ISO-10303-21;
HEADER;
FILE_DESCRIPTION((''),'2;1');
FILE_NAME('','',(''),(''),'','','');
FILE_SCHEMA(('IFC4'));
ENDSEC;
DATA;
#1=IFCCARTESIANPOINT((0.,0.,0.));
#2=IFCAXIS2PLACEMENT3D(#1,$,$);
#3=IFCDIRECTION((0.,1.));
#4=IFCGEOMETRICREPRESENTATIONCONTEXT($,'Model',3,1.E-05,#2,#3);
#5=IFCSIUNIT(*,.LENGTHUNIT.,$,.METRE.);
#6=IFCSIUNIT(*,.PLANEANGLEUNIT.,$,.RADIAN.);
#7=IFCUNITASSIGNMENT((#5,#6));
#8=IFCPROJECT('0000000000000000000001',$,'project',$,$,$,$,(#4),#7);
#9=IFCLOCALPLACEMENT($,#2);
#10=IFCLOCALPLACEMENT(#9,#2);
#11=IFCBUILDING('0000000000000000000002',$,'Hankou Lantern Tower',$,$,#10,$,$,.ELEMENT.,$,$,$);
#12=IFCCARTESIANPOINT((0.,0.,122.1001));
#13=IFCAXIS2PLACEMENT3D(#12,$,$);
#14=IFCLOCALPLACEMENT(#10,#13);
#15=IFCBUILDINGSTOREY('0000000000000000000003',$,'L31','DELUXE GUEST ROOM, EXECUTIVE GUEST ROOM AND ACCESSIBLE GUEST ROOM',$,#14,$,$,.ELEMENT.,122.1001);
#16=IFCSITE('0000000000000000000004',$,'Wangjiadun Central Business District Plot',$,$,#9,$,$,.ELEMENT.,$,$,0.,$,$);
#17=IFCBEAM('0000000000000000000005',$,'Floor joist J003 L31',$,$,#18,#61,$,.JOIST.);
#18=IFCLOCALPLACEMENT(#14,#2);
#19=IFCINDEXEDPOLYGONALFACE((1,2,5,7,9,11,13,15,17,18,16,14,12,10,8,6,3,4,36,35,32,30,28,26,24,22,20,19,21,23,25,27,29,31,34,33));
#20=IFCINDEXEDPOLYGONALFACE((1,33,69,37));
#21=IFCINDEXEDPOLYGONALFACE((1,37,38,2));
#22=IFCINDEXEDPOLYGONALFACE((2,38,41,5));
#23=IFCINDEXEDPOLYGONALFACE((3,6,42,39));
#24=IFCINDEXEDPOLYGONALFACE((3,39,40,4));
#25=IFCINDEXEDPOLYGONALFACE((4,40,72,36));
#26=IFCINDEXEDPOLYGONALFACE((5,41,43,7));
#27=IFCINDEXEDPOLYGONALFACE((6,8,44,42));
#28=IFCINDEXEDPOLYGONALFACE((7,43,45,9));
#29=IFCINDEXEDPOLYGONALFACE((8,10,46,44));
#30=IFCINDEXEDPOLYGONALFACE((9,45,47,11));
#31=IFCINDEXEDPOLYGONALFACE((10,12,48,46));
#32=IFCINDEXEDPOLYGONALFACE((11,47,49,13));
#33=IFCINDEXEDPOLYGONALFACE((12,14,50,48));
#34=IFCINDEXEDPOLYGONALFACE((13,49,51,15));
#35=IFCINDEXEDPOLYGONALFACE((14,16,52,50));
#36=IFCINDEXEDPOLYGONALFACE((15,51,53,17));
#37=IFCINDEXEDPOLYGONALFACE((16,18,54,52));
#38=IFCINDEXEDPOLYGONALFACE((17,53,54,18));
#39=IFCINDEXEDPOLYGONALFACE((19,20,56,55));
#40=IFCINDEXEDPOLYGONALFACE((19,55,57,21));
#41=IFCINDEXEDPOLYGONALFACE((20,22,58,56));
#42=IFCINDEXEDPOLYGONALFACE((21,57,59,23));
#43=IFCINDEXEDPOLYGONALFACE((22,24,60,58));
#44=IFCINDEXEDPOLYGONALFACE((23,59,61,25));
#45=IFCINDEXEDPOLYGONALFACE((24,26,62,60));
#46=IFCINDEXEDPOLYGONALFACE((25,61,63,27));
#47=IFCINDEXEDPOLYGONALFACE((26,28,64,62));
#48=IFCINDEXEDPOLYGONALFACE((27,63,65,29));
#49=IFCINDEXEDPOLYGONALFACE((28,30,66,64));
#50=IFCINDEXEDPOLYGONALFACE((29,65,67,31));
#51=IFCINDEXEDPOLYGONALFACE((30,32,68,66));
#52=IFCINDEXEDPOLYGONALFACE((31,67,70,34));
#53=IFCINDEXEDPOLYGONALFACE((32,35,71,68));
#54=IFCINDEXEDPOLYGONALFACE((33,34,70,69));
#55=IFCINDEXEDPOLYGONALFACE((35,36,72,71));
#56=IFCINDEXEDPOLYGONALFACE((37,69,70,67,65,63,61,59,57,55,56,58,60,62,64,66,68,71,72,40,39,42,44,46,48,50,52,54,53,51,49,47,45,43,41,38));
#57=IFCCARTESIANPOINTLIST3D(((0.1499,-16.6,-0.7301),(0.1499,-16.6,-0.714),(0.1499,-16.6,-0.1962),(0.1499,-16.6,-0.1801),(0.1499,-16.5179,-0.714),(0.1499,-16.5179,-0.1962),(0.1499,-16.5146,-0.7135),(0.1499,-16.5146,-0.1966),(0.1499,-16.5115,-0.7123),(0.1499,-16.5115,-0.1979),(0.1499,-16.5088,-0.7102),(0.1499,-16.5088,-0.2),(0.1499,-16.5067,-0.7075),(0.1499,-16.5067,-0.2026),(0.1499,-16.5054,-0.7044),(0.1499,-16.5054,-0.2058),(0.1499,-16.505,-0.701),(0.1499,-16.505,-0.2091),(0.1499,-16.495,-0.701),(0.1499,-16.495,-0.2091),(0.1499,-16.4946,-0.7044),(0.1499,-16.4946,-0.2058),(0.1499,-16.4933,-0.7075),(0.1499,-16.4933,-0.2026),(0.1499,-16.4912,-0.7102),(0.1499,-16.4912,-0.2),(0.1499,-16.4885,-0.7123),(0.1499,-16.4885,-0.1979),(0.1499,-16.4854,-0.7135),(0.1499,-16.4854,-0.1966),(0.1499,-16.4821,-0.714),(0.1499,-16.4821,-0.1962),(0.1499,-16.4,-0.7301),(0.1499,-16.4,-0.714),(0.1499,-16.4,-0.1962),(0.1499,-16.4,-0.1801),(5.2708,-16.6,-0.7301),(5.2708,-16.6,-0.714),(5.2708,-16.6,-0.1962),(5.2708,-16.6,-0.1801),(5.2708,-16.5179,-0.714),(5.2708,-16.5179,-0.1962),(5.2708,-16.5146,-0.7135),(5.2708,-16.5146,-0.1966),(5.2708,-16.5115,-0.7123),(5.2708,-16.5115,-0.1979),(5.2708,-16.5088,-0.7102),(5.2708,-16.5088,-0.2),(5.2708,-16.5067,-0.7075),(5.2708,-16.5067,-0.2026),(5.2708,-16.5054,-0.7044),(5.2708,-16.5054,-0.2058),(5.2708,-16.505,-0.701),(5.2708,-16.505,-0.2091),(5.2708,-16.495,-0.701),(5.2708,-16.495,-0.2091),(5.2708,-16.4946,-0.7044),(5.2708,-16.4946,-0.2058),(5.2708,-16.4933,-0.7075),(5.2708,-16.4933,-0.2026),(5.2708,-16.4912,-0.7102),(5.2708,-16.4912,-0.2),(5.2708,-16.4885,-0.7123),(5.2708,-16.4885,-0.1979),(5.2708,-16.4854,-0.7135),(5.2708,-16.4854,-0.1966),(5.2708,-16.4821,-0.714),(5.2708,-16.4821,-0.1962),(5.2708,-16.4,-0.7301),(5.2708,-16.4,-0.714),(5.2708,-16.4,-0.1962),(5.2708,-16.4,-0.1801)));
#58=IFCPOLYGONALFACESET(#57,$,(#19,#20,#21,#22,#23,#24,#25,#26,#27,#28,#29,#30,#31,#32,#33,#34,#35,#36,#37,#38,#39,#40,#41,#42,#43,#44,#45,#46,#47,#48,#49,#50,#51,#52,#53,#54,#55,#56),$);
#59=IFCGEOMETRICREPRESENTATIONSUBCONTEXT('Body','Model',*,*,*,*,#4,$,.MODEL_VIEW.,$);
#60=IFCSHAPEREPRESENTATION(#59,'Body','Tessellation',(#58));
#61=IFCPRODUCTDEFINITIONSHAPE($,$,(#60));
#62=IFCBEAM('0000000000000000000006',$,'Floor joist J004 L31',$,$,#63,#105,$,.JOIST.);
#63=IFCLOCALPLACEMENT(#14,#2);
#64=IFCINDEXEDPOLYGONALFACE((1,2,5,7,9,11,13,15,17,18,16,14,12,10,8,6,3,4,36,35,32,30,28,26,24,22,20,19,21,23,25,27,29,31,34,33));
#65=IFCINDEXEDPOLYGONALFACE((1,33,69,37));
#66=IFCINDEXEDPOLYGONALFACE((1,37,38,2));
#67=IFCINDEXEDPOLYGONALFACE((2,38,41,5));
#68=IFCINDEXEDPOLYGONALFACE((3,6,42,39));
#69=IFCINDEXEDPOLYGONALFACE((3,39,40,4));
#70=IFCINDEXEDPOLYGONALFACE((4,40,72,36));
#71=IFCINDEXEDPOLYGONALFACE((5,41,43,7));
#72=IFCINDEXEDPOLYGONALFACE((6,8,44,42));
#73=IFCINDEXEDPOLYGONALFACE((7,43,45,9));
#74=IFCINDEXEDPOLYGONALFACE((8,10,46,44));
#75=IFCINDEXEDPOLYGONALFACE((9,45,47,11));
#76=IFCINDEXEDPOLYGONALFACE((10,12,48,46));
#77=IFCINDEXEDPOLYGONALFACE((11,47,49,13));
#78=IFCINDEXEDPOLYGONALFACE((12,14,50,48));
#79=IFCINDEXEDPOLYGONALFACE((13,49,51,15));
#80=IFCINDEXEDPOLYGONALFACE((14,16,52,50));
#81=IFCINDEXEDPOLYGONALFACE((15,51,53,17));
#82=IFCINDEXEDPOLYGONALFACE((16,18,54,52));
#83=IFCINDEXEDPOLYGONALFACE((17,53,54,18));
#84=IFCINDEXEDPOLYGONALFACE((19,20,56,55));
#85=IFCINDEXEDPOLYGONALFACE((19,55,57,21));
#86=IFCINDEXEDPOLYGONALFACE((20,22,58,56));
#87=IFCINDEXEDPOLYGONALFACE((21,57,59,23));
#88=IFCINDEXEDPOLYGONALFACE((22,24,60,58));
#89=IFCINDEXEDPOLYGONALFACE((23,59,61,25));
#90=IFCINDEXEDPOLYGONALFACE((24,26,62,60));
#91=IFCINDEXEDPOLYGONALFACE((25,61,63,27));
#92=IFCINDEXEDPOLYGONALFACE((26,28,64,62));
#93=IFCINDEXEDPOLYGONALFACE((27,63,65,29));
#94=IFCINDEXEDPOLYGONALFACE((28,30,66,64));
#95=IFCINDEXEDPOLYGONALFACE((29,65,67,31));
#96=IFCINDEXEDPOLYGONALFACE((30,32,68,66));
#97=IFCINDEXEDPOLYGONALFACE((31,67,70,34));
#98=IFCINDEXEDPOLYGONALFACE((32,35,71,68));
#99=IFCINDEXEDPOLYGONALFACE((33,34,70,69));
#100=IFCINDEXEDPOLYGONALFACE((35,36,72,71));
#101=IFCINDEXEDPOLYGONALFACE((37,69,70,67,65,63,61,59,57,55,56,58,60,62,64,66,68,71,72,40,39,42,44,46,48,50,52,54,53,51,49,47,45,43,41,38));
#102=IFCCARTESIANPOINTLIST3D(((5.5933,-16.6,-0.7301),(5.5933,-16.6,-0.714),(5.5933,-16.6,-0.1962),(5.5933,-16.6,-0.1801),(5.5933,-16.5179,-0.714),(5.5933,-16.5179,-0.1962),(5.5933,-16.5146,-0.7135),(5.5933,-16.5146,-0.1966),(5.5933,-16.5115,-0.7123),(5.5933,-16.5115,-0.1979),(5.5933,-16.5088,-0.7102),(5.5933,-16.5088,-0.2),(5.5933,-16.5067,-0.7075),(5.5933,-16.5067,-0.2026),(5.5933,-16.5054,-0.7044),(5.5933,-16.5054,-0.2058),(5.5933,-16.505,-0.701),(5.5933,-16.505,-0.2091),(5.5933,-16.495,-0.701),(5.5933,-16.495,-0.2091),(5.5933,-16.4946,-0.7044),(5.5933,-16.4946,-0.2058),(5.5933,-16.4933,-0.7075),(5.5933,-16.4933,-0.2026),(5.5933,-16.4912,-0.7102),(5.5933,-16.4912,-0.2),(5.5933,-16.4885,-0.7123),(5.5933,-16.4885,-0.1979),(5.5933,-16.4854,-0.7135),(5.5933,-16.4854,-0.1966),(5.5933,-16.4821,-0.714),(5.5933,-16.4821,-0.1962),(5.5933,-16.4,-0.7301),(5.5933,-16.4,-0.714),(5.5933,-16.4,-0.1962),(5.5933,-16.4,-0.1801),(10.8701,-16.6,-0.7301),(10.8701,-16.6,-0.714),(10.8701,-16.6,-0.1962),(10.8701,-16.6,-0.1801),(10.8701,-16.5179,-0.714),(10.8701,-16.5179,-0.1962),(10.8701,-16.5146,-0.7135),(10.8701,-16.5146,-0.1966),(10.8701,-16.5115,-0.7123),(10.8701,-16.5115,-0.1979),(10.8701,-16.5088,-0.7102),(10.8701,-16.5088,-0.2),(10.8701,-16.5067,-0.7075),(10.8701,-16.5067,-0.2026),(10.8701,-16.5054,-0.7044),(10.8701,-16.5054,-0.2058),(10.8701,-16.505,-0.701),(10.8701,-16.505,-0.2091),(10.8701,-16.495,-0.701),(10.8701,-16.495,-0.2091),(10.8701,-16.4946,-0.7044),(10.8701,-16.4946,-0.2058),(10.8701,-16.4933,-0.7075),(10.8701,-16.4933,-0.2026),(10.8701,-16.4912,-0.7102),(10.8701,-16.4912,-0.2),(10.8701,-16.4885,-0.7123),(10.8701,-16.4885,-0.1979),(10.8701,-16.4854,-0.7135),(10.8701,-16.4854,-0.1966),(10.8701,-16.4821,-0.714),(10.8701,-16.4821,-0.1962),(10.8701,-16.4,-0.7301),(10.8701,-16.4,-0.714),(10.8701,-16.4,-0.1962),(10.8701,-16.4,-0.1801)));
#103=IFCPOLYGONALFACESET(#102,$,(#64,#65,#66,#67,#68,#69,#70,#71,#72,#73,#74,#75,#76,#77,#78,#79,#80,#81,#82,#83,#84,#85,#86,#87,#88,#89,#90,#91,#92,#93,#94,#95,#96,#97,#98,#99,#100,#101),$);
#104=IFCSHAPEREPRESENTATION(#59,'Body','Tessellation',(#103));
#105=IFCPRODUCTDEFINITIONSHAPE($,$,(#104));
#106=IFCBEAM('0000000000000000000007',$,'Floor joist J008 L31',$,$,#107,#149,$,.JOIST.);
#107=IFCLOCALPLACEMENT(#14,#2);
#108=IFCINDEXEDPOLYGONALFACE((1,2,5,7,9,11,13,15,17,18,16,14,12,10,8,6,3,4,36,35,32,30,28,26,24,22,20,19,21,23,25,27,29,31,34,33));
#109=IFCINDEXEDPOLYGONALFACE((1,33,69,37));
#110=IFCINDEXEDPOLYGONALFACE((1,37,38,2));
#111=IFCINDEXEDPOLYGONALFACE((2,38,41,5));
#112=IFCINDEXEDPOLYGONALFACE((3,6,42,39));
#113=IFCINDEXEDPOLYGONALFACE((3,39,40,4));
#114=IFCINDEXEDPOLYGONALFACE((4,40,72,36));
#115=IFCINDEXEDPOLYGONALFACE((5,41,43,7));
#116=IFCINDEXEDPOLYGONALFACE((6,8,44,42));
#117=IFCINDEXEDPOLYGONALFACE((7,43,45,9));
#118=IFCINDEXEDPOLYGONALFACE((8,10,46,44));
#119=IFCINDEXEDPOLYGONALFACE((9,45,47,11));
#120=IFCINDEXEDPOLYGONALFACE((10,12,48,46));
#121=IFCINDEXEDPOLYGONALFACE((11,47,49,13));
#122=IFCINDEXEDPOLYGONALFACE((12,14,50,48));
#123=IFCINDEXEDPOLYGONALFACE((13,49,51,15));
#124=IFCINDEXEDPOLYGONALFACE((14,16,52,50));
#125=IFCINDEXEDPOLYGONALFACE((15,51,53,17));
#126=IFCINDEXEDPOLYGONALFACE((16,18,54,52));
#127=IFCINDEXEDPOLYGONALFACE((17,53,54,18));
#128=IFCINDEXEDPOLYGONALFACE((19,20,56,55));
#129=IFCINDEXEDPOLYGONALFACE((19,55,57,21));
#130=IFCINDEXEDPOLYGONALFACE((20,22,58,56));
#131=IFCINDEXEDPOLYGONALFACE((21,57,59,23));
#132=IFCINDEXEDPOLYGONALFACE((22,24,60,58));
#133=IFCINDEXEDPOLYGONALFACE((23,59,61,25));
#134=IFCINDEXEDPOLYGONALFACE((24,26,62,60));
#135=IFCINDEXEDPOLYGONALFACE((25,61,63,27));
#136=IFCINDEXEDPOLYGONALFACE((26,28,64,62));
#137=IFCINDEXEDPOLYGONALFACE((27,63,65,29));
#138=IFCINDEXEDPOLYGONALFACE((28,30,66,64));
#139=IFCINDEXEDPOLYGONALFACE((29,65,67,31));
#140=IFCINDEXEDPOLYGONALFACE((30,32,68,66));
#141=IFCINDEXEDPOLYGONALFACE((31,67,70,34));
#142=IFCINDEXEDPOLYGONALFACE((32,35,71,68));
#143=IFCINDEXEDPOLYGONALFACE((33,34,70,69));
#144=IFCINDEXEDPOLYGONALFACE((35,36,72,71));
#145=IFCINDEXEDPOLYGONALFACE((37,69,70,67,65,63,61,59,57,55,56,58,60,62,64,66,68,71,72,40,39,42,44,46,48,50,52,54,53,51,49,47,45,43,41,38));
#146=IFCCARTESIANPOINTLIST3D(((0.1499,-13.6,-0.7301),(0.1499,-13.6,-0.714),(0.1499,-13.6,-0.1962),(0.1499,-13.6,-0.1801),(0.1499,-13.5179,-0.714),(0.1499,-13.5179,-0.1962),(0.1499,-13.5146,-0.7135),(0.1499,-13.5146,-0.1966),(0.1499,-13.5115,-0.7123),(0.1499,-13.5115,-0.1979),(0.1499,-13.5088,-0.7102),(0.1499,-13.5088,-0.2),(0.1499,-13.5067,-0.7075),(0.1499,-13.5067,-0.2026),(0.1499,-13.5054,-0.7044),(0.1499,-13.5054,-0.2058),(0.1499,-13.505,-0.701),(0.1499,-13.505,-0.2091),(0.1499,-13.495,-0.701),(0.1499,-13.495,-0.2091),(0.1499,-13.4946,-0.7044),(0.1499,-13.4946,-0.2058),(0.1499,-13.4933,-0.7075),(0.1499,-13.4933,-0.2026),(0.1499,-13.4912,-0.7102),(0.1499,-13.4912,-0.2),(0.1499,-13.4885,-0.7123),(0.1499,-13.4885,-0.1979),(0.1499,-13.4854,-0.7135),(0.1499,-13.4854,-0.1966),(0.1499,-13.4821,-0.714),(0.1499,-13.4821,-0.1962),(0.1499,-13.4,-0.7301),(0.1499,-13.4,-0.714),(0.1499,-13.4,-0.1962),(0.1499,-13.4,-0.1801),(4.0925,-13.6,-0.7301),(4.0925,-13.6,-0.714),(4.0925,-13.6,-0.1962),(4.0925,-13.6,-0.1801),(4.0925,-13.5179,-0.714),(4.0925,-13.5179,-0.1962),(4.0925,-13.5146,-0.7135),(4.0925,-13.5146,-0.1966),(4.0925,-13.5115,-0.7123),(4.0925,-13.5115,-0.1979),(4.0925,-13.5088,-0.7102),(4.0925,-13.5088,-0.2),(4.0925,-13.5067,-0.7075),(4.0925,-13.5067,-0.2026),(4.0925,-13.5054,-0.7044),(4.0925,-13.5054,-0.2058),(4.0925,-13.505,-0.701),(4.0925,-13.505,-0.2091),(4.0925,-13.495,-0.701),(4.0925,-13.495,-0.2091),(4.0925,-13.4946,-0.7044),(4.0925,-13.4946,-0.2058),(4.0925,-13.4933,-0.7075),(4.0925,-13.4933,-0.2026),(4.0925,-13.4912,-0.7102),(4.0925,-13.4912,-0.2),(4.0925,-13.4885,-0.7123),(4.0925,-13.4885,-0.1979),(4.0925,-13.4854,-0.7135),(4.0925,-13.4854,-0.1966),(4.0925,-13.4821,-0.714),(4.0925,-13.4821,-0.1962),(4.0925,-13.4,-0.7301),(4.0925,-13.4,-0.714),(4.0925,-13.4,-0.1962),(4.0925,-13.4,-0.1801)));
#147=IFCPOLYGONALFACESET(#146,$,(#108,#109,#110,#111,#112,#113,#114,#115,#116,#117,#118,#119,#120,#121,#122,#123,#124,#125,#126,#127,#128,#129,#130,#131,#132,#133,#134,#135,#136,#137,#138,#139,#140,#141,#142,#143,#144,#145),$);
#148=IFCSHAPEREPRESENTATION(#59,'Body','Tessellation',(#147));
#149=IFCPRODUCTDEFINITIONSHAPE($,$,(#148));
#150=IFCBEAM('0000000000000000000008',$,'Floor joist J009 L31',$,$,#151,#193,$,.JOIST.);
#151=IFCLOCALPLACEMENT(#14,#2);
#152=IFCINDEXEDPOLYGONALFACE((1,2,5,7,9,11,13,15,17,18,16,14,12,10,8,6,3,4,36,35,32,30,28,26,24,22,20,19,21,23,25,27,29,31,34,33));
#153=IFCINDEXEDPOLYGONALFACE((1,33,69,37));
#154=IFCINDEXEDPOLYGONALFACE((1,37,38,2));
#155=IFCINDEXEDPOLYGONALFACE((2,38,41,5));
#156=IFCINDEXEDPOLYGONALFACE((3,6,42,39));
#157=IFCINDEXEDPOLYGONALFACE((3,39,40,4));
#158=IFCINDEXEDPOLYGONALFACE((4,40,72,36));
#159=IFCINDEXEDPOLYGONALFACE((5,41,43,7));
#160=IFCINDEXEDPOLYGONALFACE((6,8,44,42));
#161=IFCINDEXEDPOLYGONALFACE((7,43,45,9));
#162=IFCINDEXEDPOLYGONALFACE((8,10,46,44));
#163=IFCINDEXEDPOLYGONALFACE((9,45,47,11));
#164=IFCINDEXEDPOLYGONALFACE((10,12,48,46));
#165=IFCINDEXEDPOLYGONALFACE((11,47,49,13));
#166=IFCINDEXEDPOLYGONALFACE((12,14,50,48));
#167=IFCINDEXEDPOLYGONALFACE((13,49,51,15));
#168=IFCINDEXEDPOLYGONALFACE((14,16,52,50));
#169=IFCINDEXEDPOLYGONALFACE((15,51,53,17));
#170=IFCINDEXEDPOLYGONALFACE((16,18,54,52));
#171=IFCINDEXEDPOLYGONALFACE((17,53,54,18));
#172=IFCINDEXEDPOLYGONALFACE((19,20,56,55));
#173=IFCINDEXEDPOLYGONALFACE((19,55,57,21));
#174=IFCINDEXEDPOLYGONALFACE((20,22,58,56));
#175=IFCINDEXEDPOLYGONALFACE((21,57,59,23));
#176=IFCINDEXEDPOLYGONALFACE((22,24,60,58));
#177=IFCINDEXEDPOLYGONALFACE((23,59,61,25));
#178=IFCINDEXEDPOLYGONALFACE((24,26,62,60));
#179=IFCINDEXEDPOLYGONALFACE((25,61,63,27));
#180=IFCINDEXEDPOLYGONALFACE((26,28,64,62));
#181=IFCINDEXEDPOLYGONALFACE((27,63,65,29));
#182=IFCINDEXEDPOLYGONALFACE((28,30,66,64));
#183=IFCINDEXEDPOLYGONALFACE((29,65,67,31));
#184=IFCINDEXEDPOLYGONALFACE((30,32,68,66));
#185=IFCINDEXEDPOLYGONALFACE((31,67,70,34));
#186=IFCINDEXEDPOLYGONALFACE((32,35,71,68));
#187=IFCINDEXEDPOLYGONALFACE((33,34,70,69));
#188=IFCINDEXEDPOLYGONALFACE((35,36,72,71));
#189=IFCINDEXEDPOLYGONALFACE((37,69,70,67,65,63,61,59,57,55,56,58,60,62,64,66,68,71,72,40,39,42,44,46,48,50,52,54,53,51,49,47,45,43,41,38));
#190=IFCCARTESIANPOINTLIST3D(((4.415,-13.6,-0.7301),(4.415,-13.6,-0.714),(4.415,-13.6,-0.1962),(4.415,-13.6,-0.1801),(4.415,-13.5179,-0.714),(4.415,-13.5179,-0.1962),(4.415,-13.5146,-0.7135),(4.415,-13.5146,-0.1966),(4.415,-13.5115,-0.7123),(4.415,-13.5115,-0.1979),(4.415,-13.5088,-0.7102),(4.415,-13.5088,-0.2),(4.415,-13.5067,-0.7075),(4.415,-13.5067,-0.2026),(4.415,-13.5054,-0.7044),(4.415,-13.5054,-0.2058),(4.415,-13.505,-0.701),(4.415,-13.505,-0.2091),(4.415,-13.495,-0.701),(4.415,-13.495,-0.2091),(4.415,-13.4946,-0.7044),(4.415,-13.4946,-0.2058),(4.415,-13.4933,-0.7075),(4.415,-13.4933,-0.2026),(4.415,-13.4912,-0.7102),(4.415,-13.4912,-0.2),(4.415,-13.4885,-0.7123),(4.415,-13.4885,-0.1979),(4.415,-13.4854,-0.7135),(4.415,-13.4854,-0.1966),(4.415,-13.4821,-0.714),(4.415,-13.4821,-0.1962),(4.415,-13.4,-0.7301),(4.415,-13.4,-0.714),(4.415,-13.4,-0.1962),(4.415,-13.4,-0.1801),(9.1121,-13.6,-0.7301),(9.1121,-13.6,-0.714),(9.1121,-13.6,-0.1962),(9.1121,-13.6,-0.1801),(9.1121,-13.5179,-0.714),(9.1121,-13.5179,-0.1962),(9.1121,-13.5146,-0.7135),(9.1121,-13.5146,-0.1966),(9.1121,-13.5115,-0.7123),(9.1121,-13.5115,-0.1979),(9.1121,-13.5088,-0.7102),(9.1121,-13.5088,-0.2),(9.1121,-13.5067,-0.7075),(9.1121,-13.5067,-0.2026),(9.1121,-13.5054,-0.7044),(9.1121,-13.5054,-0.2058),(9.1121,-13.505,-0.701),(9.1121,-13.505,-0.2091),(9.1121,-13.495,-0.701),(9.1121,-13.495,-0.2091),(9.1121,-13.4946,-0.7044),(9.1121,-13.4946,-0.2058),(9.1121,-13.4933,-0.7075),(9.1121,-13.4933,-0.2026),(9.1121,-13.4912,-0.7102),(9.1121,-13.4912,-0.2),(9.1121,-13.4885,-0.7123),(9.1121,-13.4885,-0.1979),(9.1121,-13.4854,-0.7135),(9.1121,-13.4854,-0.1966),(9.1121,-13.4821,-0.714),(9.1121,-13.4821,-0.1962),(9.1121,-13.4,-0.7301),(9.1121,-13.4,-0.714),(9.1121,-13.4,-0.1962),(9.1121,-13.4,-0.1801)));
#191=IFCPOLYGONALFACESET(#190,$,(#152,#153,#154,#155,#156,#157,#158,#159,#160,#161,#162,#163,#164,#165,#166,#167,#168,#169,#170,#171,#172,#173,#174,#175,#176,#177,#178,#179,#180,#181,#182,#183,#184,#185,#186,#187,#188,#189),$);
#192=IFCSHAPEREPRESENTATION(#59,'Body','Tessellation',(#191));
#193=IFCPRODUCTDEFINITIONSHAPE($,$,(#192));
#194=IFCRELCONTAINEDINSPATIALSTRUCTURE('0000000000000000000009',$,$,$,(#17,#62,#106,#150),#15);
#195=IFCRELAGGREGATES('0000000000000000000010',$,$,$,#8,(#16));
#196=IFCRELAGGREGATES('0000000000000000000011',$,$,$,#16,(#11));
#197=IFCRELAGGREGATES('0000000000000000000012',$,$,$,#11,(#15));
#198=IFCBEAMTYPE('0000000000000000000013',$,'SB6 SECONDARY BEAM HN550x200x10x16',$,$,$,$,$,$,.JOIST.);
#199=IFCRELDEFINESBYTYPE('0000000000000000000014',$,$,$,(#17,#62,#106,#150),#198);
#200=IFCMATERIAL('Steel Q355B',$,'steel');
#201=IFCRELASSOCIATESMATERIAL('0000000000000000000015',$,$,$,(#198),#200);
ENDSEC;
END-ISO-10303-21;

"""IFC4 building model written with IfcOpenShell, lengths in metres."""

from ifc_helpers import new_model, si_unit, direction, frame, origin, origin_2d, place, context, subcontext, project, spatial, i_section, extrude, material, material_profile, profile_set, type_object, element, save


model = new_model("IFC4")

# Units and contexts
model_context = context("Model", 3, precision=1e-05, world=origin(), true_north=direction((0.0, 1.0)))
body_context = subcontext(model_context, "Body", "Model", "MODEL_VIEW")
ifc_project = project(units=[si_unit("LENGTHUNIT", "METRE"), si_unit("PLANEANGLEUNIT", "RADIAN")], contexts=[model_context])

# Site, building, storey
site_placement = place(None, origin())
site = spatial("IfcSite", under=ifc_project, at=site_placement, Name="Wangjiadun Central Business District Plot", CompositionType="ELEMENT", RefElevation=0.0)
building_placement = place(site_placement, origin())
building = spatial("IfcBuilding", under=site, at=building_placement, Name="Hankou Lantern Tower", CompositionType="ELEMENT")
storey_placement = place(building_placement, frame((0.0, 0.0, 122.1001)))
storey = spatial("IfcBuildingStorey", under=building, at=storey_placement, Name="L31", Description="DELUXE GUEST ROOM, EXECUTIVE GUEST ROOM AND ACCESSIBLE GUEST ROOM", CompositionType="ELEMENT", Elevation=122.1001)

# Beams
ifc_material_1 = material(Name="Steel Q355B", Category="steel")
ifc_material_profile_1 = material_profile(ifc_material_1, i_section(OverallWidth=0.2, OverallDepth=0.55, WebThickness=0.01, FlangeThickness=0.0161, FilletRadius=0.0129, at=origin_2d()), Name="HN550x200x10x16")
ifc_profile_set_1 = profile_set([ifc_material_profile_1], Name="Steel Q355B")
beam_type_1 = type_object("IfcBeamType", Name="SB6 SECONDARY BEAM HN550x200x10x16", PredefinedType="JOIST", material=ifc_profile_set_1)
beam_1_placement = place(storey_placement, frame((0.1499, -16.5, -0.4551), z_axis=(1.0, 0.0, 0.0), x_axis=(0.0, 1.0, 0.0)))
element("IfcBeam", 1, at=beam_1_placement, inside=storey, type_object=beam_type_1, Name="Floor joist J003 L31", PredefinedType="JOIST", context=body_context, shape_type="SweptSolid", body=[
    extrude(i_section(OverallWidth=0.2, OverallDepth=0.55, WebThickness=0.01, FlangeThickness=0.0161, FilletRadius=0.0129, at=origin_2d()), origin(), (0.0, 0.0, 1.0), 5.1208),
])
beam_2_placement = place(storey_placement, frame((5.5933, -16.5, -0.4551), z_axis=(1.0, 0.0, 0.0), x_axis=(0.0, 1.0, 0.0)))
element("IfcBeam", 2, at=beam_2_placement, inside=storey, type_object=beam_type_1, Name="Floor joist J004 L31", PredefinedType="JOIST", context=body_context, shape_type="SweptSolid", body=[
    extrude(i_section(OverallWidth=0.2, OverallDepth=0.55, WebThickness=0.01, FlangeThickness=0.0161, FilletRadius=0.0129, at=origin_2d()), origin(), (0.0, 0.0, 1.0), 5.2769),
])
beam_3_placement = place(storey_placement, frame((0.1499, -13.5, -0.4551), z_axis=(1.0, 0.0, 0.0), x_axis=(0.0, 1.0, 0.0)))
element("IfcBeam", 3, at=beam_3_placement, inside=storey, type_object=beam_type_1, Name="Floor joist J008 L31", PredefinedType="JOIST", context=body_context, shape_type="SweptSolid", body=[
    extrude(i_section(OverallWidth=0.2, OverallDepth=0.55, WebThickness=0.01, FlangeThickness=0.0161, FilletRadius=0.0129, at=origin_2d()), origin(), (0.0, 0.0, 1.0), 3.9426),
])
beam_4_placement = place(storey_placement, frame((4.415, -13.5, -0.4551), z_axis=(1.0, 0.0, 0.0), x_axis=(0.0, 1.0, 0.0)))
element("IfcBeam", 4, at=beam_4_placement, inside=storey, type_object=beam_type_1, Name="Floor joist J009 L31", PredefinedType="JOIST", context=body_context, shape_type="SweptSolid", body=[
    extrude(i_section(OverallWidth=0.2, OverallDepth=0.55, WebThickness=0.01, FlangeThickness=0.0161, FilletRadius=0.0129, at=origin_2d()), origin(), (0.0, 0.0, 1.0), 4.697),
])

save(model, "model.ifc")
